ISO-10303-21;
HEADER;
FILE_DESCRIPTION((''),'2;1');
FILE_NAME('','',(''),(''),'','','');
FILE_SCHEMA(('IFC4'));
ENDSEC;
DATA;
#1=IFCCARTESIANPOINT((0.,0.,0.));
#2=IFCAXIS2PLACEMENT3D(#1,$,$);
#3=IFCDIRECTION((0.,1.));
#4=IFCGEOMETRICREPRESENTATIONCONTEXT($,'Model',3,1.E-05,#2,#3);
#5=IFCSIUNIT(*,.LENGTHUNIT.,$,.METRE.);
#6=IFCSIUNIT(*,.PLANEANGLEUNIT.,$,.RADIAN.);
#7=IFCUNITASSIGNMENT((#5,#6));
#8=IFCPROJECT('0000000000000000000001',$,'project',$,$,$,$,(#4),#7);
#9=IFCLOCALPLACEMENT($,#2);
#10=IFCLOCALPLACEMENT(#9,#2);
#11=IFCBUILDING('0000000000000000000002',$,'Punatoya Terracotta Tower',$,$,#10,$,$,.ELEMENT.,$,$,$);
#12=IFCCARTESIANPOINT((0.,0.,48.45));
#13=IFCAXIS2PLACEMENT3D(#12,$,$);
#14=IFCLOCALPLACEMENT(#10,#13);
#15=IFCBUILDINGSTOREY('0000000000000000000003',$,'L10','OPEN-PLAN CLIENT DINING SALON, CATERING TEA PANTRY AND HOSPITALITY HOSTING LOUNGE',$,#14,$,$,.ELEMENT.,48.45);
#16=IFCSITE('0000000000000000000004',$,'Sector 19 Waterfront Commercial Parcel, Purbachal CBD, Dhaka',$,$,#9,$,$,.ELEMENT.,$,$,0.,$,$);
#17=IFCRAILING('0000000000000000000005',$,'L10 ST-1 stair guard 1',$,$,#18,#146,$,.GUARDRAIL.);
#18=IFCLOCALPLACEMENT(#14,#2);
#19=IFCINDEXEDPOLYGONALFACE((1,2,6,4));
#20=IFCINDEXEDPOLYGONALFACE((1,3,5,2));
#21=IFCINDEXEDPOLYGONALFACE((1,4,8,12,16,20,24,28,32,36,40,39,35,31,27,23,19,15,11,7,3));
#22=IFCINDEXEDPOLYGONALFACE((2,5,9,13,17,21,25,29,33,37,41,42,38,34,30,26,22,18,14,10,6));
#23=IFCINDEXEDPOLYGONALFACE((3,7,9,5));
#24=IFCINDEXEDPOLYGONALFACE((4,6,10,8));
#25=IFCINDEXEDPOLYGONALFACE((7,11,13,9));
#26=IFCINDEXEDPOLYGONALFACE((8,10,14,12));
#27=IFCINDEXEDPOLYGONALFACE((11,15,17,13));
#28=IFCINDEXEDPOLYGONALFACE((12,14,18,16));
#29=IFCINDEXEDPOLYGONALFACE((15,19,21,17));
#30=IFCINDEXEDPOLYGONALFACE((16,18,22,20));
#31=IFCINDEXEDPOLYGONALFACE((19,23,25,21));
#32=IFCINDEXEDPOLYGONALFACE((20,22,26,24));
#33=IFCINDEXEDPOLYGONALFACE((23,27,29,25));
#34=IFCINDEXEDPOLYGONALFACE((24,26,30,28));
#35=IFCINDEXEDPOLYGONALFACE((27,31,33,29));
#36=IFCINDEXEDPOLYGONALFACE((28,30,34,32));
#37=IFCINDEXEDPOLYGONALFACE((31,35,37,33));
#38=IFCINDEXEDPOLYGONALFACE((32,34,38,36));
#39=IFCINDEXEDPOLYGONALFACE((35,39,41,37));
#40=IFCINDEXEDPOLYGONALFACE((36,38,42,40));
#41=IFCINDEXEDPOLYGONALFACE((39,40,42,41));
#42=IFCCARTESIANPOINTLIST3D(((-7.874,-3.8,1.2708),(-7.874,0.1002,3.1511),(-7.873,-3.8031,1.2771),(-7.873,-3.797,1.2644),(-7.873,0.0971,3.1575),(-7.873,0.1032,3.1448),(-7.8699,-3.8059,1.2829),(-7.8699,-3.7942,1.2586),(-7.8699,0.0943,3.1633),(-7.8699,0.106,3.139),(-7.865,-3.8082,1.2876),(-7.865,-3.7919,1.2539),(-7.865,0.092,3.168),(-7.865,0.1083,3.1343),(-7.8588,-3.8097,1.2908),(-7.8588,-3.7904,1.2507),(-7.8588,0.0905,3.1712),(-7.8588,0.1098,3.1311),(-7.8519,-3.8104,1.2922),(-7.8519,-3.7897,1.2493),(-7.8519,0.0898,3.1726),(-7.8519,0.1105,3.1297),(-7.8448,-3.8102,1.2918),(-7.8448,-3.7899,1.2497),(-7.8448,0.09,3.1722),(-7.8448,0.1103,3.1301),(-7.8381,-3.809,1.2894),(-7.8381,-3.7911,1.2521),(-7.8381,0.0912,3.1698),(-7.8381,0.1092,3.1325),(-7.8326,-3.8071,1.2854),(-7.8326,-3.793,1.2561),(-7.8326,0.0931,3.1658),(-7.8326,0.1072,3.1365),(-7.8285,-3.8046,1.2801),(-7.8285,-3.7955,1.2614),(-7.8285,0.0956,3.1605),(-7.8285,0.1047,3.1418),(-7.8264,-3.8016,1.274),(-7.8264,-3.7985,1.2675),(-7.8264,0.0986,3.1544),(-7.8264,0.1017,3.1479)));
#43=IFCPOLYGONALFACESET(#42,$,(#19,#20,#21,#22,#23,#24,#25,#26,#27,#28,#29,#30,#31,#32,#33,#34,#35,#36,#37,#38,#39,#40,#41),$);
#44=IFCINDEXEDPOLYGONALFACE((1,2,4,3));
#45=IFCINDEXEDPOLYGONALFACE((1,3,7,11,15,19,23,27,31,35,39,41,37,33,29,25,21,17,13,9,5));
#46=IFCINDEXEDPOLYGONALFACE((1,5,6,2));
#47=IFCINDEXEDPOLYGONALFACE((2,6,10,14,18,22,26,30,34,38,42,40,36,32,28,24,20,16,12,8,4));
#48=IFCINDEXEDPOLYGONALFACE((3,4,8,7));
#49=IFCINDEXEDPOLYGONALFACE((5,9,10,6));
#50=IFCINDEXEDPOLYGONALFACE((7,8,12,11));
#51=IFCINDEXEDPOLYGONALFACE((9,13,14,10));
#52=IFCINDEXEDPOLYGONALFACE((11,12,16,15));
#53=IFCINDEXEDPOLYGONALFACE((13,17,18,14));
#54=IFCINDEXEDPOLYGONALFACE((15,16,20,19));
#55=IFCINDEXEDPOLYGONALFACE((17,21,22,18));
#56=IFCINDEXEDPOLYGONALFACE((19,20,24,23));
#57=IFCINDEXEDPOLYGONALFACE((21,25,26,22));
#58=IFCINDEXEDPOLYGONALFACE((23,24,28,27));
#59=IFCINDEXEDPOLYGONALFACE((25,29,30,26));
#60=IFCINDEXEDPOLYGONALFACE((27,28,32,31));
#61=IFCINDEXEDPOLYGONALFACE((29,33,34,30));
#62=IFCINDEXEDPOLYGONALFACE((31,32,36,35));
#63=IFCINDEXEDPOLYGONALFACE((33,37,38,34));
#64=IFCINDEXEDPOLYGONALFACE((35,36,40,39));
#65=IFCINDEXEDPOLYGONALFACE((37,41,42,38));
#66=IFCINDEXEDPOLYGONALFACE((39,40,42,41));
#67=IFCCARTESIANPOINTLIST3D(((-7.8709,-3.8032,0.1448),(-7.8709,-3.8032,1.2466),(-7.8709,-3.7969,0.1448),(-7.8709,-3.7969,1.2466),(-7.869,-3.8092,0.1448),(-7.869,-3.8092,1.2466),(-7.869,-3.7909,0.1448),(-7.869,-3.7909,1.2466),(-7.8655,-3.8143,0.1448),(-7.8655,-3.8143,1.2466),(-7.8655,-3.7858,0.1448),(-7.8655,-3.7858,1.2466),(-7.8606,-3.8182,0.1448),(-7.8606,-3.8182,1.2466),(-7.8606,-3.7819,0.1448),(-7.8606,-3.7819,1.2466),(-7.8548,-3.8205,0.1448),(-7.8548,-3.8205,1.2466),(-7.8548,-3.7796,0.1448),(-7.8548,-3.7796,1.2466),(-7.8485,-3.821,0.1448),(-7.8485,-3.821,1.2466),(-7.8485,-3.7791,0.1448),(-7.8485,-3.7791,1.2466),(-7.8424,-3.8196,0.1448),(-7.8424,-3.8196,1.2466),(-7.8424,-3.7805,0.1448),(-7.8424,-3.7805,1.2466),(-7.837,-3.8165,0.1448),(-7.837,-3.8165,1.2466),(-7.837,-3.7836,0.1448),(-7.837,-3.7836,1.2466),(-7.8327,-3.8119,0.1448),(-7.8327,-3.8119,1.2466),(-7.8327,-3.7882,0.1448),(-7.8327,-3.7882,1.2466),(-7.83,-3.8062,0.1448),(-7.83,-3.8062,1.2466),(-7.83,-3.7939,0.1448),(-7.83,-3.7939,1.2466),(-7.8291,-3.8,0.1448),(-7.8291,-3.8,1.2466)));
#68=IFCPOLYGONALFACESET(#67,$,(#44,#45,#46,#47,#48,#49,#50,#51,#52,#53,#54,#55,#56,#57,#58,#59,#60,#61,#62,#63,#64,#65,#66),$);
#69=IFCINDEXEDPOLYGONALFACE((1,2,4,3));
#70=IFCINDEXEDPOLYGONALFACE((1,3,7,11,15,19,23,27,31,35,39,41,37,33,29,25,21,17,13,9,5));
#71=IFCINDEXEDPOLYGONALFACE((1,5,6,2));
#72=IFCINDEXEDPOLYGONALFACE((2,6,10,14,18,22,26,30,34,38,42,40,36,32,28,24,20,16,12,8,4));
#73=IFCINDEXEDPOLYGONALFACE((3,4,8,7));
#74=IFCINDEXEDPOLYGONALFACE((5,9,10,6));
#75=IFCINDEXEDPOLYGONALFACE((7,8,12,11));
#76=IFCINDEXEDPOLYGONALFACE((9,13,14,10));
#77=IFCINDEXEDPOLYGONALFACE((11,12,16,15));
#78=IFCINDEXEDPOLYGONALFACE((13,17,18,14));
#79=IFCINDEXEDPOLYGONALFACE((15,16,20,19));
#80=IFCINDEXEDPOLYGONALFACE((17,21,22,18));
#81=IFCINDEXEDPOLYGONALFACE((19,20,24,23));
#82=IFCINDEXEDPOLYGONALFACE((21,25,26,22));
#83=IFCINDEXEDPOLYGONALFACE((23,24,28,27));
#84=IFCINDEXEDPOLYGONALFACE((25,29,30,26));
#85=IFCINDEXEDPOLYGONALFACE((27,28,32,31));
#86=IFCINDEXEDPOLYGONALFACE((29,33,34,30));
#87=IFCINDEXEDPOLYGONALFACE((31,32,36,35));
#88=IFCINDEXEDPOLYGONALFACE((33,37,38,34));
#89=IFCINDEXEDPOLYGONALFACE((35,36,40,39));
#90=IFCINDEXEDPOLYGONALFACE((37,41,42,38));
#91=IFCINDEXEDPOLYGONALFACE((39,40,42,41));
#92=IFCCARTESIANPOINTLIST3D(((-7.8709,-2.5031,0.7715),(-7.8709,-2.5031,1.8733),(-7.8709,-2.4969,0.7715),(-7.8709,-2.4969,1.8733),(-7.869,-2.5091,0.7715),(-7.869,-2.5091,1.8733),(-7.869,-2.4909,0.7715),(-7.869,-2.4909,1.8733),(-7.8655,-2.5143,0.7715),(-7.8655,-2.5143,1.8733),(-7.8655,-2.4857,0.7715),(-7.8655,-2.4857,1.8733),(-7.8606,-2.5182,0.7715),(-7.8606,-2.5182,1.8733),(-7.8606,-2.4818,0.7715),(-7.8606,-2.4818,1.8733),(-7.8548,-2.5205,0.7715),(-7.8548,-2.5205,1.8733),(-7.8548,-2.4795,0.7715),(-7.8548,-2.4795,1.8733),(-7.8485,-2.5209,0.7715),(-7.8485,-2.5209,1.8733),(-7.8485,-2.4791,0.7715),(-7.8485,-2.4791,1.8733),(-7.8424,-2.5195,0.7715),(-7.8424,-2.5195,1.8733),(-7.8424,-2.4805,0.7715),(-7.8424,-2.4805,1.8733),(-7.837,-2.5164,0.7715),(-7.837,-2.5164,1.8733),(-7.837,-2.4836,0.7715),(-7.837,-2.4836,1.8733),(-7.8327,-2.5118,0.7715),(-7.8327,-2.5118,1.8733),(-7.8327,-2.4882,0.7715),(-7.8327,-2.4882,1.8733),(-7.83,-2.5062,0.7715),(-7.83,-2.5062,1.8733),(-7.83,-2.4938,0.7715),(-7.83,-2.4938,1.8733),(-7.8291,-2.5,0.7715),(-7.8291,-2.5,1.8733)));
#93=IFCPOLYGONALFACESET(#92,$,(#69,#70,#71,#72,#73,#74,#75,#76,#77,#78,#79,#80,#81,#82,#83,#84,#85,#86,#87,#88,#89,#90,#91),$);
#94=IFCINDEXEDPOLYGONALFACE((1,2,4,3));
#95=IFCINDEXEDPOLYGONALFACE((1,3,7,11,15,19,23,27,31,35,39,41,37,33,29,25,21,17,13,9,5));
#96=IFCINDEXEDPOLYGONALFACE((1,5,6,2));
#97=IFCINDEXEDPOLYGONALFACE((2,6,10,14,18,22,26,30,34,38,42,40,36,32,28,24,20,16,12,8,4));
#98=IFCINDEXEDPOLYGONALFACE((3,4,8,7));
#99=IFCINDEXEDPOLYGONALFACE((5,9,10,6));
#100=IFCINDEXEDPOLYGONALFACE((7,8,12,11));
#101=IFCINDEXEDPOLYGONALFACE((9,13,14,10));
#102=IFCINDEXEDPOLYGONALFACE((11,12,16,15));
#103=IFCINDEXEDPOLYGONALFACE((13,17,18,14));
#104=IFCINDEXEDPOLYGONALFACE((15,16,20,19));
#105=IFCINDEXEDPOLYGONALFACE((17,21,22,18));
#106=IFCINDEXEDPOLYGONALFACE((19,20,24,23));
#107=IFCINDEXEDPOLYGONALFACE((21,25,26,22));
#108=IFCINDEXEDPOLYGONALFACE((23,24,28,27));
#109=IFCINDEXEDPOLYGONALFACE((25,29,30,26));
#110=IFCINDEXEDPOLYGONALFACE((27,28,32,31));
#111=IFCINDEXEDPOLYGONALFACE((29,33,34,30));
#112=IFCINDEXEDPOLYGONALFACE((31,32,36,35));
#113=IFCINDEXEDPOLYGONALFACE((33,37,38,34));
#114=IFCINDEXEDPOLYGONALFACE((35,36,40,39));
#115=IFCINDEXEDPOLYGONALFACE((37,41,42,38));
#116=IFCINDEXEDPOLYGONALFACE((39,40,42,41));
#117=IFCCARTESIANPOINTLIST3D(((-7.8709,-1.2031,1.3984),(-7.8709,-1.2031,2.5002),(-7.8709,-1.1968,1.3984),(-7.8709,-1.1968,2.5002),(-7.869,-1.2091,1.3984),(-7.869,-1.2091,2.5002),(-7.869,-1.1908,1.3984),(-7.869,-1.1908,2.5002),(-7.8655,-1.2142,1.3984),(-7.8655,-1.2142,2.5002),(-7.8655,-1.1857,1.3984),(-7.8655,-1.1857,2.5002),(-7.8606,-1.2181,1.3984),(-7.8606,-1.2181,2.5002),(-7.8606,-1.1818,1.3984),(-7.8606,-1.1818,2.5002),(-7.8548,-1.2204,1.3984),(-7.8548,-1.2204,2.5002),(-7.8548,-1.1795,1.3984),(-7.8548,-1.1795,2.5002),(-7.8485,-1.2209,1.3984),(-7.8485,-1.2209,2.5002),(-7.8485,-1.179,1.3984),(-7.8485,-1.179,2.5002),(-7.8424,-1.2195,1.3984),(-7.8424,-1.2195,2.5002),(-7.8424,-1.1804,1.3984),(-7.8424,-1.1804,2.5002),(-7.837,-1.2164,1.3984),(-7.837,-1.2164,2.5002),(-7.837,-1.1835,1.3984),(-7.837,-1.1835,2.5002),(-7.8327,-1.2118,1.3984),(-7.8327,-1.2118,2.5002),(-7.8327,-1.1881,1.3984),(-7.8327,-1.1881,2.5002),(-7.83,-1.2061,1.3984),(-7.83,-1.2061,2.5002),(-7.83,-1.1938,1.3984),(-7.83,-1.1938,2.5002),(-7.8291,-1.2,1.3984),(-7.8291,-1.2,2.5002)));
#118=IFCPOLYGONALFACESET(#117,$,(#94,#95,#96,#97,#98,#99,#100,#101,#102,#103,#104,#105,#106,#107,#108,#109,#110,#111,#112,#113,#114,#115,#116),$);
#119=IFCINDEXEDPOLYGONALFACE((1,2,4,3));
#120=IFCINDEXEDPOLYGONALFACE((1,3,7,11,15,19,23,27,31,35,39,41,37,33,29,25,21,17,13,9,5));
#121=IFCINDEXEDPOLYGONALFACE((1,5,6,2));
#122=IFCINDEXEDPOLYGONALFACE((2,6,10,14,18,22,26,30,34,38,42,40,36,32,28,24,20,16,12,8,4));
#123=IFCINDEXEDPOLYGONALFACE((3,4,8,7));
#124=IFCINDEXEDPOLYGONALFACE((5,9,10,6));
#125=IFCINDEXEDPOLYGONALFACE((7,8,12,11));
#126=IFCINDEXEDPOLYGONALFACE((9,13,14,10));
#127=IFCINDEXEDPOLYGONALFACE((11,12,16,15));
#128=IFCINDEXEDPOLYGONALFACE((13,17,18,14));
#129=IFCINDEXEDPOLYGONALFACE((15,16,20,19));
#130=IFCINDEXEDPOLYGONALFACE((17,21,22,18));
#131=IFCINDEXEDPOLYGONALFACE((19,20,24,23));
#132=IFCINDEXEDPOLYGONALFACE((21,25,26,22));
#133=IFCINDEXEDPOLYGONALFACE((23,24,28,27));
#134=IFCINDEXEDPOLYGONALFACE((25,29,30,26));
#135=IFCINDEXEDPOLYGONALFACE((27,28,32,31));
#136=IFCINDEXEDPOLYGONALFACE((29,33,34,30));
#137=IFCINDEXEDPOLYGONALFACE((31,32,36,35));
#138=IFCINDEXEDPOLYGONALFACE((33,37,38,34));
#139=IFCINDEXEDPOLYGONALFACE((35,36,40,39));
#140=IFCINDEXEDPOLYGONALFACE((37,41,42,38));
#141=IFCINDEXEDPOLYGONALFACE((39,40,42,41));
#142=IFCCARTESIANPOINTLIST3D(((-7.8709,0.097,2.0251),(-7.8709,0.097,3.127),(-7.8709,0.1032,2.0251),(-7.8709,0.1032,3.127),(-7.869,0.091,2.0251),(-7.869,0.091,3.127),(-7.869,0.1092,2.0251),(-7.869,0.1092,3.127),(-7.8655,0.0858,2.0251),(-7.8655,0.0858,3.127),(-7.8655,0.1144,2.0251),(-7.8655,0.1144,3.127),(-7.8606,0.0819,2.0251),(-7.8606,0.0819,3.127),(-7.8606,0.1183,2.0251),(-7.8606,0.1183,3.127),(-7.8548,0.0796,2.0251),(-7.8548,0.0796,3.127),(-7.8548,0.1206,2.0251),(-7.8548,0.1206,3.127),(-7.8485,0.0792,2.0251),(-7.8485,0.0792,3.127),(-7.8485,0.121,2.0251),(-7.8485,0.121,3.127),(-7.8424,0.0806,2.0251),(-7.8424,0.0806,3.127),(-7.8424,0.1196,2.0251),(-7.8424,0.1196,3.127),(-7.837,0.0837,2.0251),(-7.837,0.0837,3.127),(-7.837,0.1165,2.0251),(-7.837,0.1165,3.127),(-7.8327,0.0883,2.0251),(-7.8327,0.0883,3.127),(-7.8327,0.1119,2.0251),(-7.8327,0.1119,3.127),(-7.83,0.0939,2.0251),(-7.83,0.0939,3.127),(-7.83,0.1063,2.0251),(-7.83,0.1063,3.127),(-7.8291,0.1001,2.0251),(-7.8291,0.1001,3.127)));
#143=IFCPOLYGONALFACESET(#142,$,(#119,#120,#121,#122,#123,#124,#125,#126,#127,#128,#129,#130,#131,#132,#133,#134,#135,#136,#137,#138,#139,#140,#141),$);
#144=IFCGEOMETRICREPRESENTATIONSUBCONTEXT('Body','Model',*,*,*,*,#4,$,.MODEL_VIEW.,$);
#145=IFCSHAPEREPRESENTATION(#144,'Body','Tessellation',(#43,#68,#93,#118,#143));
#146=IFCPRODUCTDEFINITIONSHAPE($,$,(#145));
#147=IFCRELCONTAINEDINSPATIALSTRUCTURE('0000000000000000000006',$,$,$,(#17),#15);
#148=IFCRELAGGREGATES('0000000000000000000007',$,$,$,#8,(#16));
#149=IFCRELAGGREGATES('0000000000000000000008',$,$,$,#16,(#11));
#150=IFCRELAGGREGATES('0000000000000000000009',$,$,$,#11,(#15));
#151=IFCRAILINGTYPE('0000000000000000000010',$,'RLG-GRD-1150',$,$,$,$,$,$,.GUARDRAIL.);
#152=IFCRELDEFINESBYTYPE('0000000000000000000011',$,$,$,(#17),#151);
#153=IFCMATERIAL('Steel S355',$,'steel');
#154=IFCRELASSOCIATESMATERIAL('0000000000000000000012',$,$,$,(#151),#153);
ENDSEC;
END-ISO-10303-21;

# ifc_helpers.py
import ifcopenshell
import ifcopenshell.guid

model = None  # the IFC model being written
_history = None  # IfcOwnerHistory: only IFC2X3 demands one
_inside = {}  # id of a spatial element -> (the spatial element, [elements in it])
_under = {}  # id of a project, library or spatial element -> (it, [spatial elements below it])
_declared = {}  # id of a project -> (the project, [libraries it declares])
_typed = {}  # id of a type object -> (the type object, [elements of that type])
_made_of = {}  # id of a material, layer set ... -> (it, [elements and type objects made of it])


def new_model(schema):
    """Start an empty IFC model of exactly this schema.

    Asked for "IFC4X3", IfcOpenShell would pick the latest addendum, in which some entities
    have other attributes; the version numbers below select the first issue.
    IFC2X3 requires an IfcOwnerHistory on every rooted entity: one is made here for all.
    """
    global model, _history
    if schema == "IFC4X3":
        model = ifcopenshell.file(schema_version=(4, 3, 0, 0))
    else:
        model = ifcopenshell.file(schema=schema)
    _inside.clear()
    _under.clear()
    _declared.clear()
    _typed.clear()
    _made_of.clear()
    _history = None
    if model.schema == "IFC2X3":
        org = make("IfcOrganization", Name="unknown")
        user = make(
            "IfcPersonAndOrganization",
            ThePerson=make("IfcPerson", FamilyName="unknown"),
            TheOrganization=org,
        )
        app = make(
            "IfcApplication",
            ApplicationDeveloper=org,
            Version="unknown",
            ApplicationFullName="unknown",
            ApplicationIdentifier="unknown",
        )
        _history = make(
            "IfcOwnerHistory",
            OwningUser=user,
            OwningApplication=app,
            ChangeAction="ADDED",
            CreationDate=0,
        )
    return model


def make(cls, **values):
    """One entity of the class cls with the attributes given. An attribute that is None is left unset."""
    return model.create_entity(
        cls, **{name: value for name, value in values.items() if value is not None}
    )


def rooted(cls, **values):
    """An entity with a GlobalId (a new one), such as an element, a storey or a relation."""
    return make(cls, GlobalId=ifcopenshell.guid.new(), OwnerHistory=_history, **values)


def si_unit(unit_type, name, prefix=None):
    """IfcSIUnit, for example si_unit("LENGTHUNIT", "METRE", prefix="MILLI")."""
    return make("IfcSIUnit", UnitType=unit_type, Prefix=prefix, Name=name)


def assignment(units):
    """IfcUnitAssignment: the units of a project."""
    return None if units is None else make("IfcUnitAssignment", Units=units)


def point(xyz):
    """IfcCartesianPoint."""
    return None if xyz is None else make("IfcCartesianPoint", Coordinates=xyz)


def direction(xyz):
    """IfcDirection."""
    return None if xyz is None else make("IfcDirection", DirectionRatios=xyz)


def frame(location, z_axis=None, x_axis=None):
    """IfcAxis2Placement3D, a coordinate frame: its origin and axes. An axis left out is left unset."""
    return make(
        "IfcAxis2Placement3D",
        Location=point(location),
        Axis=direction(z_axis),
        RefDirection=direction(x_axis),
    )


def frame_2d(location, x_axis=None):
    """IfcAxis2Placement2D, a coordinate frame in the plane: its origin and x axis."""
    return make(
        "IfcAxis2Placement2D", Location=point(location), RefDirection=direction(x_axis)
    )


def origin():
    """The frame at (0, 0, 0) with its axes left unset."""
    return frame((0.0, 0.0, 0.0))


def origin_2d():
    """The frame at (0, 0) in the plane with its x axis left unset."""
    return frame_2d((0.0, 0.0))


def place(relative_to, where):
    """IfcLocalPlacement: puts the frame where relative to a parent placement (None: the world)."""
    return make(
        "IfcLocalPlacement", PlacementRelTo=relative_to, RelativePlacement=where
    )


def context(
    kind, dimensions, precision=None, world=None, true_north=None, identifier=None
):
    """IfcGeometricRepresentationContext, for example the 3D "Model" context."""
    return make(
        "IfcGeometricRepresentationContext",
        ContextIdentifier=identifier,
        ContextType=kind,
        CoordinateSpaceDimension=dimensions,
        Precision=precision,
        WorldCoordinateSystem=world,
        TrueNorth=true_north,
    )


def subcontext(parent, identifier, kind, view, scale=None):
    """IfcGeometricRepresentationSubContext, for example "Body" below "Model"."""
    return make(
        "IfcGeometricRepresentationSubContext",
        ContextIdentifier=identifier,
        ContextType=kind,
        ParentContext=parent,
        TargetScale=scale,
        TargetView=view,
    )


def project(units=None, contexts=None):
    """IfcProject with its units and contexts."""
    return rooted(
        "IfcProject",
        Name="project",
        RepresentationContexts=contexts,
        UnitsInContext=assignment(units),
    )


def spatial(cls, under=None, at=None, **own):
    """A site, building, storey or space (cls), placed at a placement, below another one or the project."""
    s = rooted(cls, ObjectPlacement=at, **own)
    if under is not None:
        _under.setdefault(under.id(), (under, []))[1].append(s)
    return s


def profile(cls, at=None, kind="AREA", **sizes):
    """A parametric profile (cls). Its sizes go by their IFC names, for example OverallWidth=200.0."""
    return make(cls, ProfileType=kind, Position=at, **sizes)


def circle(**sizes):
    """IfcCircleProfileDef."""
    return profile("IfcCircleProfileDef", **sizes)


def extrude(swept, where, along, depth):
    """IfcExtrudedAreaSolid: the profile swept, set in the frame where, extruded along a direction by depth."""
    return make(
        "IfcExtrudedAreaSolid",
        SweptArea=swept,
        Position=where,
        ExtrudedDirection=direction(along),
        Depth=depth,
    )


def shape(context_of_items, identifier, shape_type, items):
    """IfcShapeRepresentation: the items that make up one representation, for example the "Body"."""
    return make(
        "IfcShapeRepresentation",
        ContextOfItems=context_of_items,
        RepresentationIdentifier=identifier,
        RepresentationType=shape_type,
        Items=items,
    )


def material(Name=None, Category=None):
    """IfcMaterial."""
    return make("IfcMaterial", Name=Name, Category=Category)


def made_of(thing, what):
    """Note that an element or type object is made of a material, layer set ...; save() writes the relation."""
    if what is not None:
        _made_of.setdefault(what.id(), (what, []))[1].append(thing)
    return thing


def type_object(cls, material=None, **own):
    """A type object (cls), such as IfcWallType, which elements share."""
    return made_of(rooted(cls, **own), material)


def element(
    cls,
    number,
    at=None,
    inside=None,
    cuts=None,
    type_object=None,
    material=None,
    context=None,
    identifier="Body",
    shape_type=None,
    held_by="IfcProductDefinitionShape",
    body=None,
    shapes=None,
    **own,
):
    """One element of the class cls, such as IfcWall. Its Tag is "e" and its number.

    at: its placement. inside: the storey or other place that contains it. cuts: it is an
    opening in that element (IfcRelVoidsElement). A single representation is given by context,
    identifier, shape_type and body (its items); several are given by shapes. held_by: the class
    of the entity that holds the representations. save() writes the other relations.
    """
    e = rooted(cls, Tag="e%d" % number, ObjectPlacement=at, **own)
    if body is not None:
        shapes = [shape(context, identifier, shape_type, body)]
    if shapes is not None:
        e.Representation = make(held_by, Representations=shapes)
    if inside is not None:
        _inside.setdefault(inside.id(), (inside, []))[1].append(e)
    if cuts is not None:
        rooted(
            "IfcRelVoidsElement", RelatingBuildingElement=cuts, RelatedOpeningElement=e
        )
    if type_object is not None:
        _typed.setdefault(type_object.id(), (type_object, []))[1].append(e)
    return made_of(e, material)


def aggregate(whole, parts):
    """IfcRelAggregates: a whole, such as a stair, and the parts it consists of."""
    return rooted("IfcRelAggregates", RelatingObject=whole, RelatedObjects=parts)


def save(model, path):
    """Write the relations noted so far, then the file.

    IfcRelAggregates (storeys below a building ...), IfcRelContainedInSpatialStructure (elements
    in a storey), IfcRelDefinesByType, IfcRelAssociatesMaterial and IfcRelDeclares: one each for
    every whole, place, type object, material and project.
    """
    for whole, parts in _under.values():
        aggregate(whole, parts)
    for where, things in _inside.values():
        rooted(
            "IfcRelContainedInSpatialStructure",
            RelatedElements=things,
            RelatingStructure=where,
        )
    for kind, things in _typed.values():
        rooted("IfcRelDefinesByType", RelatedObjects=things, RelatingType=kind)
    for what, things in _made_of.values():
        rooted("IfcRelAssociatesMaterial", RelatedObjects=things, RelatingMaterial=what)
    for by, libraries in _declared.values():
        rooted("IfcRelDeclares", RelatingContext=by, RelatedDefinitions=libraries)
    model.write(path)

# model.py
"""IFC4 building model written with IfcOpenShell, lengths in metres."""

from ifc_helpers import new_model, si_unit, direction, frame, origin, origin_2d, place, context, subcontext, project, spatial, circle, extrude, material, type_object, element, save


model = new_model("IFC4")

# Units and contexts
model_context = context("Model", 3, precision=1e-05, world=origin(), true_north=direction((0.0, 1.0)))
body_context = subcontext(model_context, "Body", "Model", "MODEL_VIEW")
ifc_project = project(units=[si_unit("LENGTHUNIT", "METRE"), si_unit("PLANEANGLEUNIT", "RADIAN")], contexts=[model_context])

# Site, building, storey
site_placement = place(None, origin())
site = spatial("IfcSite", under=ifc_project, at=site_placement, Name="Sector 19 Waterfront Commercial Parcel, Purbachal CBD, Dhaka", CompositionType="ELEMENT", RefElevation=0.0)
building_placement = place(site_placement, origin())
building = spatial("IfcBuilding", under=site, at=building_placement, Name="Punatoya Terracotta Tower", CompositionType="ELEMENT")
storey_placement = place(building_placement, frame((0.0, 0.0, 48.45)))
storey = spatial("IfcBuildingStorey", under=building, at=storey_placement, Name="L10", Description="OPEN-PLAN CLIENT DINING SALON, CATERING TEA PANTRY AND HOSPITALITY HOSTING LOUNGE", CompositionType="ELEMENT", Elevation=48.45)

# Shared definitions
ifc_material_1 = material(Name="Steel S355", Category="steel")

# Railing
railing_type_1 = type_object("IfcRailingType", Name="RLG-GRD-1150", PredefinedType="GUARDRAIL", material=ifc_material_1)
railing_1_placement = place(storey_placement, frame((-7.8501, -3.8, 0.1448)))
element("IfcRailing", 1, at=railing_1_placement, inside=storey, type_object=railing_type_1, Name="L10 ST-1 stair guard 1", PredefinedType="GUARDRAIL", context=body_context, shape_type="SweptSolid", body=[
    extrude(circle(Radius=0.0239, at=origin_2d()), frame((0.0, 0.0, 1.126), z_axis=(0.0, 0.900774, 0.434289), x_axis=(-1.0, 0.0, 0.0)), (0.0, 0.0, 1.0), 4.3298),
    extrude(circle(Radius=0.021, at=origin_2d()), origin(), (0.0, 0.0, 1.0), 1.1018),
    extrude(circle(Radius=0.021, at=origin_2d()), frame((0.0, 1.3, 0.6267)), (0.0, 0.0, 1.0), 1.1018),
    extrude(circle(Radius=0.021, at=origin_2d()), frame((0.0, 2.6001, 1.2537)), (0.0, 0.0, 1.0), 1.1018),
    extrude(circle(Radius=0.021, at=origin_2d()), frame((0.0, 3.9001, 1.8804)), (0.0, 0.0, 1.0), 1.1018),
])

save(model, "model.ifc")
